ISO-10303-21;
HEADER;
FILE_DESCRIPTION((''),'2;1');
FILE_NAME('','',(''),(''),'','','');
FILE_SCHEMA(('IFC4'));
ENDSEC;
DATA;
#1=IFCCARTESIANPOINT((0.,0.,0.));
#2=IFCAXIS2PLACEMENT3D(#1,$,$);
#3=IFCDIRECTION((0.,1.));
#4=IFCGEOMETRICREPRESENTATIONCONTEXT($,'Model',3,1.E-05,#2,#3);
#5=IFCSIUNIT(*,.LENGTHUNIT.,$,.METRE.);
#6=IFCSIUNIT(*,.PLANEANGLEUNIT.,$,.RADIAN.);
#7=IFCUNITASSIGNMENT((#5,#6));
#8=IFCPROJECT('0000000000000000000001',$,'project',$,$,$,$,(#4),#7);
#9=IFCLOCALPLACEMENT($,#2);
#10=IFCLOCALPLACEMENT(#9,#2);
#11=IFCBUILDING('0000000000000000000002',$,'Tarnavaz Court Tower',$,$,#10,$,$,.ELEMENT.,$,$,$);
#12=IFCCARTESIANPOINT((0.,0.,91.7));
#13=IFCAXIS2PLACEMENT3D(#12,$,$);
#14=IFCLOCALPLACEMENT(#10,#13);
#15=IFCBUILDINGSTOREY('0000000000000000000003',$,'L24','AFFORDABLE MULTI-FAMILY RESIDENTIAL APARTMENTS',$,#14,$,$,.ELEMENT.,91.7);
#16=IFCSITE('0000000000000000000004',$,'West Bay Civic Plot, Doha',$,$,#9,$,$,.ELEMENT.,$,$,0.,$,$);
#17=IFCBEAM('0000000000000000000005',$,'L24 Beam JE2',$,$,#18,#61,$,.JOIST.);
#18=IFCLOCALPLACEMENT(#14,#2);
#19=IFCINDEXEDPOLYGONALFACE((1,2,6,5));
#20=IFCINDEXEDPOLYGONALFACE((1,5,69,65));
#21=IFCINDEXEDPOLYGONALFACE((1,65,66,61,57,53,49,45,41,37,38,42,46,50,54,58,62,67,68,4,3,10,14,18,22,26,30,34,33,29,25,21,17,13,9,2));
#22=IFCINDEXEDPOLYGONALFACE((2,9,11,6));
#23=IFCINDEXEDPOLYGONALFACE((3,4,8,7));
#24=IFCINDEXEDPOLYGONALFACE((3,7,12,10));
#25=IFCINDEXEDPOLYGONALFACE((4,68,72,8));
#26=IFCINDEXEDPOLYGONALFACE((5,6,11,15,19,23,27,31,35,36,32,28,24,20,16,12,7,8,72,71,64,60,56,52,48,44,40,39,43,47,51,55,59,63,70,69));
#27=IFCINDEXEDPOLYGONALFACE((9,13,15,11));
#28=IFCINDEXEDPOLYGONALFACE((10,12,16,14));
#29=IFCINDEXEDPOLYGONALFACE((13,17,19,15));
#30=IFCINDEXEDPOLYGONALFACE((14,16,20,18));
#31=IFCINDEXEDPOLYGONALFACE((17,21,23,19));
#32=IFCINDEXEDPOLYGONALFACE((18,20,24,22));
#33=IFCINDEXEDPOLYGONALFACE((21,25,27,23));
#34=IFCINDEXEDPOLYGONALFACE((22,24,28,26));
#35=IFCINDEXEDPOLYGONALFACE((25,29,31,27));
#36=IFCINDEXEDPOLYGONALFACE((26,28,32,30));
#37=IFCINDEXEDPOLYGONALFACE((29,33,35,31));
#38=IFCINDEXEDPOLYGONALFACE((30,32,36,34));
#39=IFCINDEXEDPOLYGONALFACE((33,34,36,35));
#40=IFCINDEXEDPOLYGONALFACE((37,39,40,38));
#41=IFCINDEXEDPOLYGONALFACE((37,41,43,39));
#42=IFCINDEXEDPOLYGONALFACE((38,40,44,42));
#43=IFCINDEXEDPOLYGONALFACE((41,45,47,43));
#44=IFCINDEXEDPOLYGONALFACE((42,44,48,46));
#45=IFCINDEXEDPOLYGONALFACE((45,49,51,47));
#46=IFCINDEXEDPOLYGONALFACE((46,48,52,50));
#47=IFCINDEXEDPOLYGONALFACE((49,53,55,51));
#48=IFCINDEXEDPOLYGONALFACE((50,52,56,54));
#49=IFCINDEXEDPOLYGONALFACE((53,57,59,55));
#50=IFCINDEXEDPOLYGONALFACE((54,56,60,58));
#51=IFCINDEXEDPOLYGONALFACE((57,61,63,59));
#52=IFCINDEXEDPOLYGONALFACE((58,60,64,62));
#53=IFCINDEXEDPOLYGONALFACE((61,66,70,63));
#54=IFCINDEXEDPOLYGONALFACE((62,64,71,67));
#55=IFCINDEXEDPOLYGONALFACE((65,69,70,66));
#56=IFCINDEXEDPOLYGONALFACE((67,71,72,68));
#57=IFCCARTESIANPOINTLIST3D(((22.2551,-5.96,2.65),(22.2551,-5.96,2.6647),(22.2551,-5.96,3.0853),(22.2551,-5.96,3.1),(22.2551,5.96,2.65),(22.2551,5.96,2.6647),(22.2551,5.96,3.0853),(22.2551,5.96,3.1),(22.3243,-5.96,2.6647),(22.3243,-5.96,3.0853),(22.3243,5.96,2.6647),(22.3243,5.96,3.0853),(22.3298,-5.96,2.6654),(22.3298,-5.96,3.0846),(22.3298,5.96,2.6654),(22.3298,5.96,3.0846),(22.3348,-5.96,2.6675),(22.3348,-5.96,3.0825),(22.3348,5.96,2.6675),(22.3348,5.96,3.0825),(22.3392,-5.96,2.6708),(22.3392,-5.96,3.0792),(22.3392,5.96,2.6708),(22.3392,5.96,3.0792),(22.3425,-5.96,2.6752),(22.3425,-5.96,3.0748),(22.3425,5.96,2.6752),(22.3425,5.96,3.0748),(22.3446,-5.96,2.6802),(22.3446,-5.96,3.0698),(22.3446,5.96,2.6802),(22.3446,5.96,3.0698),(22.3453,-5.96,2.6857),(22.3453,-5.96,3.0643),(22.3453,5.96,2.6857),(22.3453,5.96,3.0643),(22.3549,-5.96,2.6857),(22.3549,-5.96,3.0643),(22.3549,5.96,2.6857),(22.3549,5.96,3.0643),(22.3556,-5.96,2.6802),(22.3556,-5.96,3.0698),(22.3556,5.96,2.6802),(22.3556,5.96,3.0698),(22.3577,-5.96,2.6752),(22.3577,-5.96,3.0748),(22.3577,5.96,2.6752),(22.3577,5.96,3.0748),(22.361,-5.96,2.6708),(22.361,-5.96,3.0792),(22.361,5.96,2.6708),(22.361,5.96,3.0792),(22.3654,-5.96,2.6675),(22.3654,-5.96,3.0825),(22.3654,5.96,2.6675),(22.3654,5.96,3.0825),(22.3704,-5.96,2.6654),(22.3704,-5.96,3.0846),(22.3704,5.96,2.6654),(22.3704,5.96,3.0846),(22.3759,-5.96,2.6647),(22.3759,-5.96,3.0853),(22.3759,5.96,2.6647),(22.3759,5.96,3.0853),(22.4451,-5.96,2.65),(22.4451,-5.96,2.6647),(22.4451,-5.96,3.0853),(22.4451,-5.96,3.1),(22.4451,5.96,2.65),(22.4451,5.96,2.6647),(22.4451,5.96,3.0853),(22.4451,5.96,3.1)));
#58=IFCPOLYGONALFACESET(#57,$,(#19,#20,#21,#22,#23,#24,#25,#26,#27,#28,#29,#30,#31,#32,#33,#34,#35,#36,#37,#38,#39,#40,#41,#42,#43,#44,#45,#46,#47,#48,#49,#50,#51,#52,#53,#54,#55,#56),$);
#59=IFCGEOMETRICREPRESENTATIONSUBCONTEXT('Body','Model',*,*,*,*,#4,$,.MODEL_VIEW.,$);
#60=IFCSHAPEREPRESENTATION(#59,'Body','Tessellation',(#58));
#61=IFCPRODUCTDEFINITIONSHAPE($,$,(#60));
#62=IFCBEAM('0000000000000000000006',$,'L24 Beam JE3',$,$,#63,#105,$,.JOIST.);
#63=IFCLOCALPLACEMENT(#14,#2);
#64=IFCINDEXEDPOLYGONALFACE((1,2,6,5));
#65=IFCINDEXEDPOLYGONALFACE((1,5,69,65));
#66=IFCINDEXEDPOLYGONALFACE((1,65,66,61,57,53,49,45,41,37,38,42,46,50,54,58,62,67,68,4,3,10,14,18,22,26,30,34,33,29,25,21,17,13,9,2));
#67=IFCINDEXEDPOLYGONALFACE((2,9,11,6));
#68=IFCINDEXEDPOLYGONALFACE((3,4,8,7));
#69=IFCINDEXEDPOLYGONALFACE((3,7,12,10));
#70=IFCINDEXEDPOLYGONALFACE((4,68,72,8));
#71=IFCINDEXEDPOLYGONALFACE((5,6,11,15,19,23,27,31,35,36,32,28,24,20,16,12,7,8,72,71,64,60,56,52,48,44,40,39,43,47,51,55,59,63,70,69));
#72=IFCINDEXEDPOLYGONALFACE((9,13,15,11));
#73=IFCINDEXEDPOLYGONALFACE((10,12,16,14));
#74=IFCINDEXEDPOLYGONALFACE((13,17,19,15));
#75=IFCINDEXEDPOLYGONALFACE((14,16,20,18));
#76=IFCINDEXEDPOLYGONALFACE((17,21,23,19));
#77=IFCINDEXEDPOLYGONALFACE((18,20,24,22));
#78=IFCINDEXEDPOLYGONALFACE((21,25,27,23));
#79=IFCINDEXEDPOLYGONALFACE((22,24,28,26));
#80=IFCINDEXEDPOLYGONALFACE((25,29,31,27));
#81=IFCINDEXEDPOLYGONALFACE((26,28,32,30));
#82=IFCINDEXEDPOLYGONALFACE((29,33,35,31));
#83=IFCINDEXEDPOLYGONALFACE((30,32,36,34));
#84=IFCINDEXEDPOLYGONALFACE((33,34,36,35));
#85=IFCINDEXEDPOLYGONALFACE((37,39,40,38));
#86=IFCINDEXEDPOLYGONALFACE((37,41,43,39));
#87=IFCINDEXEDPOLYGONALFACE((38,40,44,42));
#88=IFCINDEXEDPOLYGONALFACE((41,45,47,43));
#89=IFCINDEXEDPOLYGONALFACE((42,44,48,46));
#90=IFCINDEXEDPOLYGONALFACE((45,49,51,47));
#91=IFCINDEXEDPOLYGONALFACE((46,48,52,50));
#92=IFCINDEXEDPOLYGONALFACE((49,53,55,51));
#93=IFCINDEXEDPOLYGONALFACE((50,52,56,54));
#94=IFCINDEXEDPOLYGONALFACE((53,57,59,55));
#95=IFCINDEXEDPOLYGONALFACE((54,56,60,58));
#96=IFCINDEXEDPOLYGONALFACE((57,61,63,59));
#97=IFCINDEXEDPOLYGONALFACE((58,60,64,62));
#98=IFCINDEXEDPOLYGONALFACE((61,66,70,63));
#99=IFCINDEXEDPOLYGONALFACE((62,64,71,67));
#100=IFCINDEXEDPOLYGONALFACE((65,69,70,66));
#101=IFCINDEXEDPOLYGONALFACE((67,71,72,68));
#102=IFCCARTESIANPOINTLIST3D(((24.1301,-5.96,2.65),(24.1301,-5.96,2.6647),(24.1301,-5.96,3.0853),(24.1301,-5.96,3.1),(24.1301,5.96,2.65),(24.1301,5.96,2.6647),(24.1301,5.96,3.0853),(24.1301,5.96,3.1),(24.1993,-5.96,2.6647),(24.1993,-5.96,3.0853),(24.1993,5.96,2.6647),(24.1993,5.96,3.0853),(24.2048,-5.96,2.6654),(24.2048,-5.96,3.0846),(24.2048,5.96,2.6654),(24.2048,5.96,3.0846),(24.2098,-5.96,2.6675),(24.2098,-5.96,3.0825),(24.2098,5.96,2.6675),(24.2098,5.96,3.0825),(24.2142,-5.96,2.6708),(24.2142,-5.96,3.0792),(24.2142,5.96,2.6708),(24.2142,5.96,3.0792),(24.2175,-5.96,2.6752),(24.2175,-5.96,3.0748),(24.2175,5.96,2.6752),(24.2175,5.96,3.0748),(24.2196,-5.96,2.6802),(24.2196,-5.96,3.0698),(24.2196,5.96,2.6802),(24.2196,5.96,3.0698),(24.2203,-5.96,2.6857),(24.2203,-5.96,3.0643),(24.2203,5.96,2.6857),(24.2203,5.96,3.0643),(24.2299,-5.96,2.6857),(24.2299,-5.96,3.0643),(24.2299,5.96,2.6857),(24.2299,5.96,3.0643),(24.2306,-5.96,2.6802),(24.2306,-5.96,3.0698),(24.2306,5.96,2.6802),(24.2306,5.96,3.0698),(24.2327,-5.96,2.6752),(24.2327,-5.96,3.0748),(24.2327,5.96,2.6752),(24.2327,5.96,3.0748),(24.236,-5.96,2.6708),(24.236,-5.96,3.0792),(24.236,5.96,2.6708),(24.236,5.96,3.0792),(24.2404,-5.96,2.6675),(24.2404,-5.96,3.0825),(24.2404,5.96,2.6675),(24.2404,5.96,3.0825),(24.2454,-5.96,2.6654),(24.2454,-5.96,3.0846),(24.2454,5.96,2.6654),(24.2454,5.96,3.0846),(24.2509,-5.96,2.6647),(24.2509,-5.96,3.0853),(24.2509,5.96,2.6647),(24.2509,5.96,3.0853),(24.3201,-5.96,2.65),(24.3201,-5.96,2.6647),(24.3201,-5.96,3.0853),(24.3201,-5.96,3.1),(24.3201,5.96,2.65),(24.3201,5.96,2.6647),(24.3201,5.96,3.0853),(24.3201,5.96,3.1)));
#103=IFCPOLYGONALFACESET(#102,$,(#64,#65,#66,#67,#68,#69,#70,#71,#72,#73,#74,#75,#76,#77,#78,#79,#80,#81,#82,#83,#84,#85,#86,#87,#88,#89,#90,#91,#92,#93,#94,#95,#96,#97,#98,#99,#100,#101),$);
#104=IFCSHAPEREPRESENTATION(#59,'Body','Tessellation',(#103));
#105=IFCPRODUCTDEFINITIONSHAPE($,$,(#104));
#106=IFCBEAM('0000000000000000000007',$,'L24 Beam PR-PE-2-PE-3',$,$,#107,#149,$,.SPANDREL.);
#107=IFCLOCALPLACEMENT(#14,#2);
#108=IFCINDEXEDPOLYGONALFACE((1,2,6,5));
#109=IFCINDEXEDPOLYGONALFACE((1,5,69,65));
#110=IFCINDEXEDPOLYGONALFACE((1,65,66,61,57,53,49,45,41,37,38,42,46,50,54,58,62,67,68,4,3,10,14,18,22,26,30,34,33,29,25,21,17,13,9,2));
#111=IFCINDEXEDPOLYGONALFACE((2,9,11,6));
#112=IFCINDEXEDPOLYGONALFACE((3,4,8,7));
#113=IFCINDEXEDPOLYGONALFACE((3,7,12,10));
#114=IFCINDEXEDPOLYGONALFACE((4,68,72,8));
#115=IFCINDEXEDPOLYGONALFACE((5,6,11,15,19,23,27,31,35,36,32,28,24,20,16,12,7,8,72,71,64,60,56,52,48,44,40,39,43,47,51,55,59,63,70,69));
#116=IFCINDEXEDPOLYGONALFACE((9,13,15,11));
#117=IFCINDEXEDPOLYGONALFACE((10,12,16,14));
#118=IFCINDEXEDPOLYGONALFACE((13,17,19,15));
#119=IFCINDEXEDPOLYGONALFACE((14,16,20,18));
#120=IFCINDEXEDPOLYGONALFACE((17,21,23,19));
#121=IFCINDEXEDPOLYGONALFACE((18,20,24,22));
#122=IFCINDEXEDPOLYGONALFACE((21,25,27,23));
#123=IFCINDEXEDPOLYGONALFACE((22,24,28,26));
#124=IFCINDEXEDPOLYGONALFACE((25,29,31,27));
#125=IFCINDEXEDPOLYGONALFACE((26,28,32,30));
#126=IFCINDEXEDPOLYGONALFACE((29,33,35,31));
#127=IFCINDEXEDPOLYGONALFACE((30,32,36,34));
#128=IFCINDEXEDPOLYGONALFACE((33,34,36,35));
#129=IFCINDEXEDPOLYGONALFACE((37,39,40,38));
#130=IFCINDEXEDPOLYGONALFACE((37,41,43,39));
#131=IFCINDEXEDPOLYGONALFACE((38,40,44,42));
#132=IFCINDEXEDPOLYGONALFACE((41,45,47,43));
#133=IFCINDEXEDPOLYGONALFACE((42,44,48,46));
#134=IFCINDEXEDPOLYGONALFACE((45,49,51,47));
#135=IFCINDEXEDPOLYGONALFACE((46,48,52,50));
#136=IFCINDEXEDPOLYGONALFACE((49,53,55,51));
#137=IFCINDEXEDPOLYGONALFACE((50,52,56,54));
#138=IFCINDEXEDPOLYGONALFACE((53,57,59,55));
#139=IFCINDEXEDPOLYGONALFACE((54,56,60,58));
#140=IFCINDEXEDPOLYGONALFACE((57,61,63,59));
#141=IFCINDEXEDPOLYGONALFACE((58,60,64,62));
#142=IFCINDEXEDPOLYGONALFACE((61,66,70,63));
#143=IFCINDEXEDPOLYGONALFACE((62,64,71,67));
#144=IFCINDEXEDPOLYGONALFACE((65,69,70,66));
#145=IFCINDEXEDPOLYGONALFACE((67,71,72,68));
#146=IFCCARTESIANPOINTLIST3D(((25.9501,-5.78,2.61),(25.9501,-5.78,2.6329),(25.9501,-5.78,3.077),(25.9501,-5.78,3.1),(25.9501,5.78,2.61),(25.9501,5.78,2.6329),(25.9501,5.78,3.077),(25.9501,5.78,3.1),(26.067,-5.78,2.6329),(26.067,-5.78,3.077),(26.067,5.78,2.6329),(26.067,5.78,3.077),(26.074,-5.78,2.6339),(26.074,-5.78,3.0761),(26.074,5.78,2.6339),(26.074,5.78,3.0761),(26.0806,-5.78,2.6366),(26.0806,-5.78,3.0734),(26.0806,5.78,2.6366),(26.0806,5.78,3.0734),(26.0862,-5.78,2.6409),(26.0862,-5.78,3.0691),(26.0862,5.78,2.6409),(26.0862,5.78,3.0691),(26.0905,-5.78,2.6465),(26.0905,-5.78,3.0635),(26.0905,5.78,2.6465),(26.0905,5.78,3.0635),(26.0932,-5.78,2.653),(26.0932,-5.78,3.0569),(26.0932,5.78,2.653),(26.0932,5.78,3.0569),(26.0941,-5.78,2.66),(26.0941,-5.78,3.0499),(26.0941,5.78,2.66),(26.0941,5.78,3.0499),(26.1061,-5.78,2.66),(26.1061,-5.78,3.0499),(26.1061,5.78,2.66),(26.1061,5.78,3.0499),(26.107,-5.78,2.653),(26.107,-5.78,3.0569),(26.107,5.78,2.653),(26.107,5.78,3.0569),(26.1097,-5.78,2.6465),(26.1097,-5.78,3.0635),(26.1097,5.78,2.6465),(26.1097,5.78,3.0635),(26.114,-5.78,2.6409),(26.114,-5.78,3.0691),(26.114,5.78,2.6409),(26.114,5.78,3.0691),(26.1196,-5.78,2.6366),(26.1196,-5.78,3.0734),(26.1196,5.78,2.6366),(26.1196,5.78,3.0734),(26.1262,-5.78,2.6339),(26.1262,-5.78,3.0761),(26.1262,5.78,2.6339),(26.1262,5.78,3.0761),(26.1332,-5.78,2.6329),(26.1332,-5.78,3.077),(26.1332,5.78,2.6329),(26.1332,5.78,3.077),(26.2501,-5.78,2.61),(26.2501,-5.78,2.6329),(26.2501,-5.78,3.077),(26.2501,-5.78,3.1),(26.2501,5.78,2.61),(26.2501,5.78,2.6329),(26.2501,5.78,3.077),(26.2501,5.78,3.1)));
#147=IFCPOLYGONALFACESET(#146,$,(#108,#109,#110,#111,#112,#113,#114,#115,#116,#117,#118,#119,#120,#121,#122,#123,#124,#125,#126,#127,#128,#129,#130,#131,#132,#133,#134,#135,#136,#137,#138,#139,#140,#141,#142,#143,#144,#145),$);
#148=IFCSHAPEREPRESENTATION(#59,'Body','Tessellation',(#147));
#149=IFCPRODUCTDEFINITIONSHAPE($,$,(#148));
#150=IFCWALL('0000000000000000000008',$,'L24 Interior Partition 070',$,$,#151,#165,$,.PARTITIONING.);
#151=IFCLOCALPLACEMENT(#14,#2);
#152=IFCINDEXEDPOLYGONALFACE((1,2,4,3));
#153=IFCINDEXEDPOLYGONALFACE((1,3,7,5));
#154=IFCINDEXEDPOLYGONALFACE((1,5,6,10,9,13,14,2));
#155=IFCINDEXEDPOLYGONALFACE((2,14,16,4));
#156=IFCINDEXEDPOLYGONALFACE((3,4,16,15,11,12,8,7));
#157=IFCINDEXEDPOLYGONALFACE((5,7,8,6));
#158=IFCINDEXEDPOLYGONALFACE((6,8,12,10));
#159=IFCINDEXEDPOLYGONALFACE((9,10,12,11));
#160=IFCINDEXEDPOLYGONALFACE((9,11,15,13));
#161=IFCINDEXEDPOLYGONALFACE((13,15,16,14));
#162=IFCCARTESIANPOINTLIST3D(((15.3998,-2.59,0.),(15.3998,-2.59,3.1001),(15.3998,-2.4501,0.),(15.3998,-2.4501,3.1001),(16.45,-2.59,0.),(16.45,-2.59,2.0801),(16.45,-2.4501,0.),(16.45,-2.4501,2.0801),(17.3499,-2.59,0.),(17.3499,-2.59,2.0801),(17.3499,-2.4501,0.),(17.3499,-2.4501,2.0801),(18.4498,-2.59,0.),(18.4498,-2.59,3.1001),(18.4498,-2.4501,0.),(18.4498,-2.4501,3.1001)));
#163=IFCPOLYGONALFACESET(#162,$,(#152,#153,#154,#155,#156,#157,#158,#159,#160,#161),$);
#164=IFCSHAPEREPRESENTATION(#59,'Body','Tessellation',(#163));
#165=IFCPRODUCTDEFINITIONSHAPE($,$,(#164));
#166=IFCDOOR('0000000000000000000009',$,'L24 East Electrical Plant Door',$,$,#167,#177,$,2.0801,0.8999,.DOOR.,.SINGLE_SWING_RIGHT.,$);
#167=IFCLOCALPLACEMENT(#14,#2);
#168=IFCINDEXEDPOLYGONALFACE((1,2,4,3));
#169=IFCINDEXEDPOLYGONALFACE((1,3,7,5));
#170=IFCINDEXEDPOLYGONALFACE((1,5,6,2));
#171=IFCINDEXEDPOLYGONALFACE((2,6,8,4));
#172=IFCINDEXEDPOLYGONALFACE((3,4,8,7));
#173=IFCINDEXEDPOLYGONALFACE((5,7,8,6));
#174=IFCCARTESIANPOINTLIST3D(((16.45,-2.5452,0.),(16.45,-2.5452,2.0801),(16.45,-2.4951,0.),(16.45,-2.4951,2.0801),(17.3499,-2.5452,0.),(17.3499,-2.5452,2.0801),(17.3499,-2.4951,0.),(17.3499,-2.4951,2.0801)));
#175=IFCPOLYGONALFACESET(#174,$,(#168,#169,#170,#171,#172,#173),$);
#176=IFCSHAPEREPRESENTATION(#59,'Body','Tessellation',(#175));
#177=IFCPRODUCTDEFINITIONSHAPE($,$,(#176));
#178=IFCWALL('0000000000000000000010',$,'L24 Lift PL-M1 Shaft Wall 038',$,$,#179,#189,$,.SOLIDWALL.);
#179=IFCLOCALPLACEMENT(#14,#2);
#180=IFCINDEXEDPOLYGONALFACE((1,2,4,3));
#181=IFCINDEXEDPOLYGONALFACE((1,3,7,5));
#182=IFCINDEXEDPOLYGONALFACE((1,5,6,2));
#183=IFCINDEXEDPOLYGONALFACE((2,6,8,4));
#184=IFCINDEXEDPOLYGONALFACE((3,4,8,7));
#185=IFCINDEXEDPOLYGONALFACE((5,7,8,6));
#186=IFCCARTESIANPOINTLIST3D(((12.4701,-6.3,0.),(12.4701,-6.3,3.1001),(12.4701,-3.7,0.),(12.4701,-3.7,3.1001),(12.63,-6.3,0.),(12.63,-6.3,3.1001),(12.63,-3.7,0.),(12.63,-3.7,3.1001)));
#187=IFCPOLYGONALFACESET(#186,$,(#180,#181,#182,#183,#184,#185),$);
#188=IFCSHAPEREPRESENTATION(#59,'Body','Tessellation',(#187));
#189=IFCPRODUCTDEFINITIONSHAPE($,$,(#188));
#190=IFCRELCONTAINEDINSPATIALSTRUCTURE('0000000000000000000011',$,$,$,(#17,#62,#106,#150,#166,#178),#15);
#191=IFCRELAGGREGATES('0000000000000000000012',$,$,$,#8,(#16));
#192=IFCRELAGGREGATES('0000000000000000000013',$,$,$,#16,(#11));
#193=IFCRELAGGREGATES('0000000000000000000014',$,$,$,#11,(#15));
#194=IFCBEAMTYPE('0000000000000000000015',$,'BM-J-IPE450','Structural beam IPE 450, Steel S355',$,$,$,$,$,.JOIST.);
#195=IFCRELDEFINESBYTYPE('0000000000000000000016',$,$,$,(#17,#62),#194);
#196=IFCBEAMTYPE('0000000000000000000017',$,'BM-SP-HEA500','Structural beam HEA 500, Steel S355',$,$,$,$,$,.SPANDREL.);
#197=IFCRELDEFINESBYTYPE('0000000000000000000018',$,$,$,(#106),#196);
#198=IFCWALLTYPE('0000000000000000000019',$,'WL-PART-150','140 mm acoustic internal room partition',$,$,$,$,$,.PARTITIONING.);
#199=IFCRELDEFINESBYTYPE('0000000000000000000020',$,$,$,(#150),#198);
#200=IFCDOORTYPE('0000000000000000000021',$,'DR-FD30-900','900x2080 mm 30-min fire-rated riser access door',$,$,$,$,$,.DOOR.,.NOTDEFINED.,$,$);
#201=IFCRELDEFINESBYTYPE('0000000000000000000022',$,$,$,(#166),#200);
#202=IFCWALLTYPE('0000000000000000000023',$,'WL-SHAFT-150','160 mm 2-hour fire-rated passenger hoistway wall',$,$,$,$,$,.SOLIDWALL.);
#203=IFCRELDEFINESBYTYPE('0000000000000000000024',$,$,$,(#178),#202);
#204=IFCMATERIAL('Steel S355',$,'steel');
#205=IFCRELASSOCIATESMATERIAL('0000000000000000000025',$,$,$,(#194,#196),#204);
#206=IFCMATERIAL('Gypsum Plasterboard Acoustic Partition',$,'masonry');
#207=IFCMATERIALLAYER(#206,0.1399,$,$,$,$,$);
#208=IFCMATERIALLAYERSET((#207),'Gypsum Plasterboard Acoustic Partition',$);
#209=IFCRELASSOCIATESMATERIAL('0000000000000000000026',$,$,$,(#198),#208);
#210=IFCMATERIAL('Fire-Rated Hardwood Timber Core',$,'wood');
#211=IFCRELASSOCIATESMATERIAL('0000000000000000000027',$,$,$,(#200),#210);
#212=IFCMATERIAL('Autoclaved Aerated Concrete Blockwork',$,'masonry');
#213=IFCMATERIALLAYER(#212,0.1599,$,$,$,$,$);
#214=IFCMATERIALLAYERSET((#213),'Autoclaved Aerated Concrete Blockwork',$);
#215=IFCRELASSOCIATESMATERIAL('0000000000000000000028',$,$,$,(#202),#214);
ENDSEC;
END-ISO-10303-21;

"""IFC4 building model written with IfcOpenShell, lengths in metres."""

from ifc_helpers import new_model, si_unit, direction, frame, frame_2d, origin, origin_2d, place, context, subcontext, project, spatial, rectangle, i_section, extrude, material, layer, layer_set, material_profile, profile_set, type_object, element, fill, save


model = new_model("IFC4")

# Units and contexts
model_context = context("Model", 3, precision=1e-05, world=origin(), true_north=direction((0.0, 1.0)))
body_context = subcontext(model_context, "Body", "Model", "MODEL_VIEW")
ifc_project = project(units=[si_unit("LENGTHUNIT", "METRE"), si_unit("PLANEANGLEUNIT", "RADIAN")], contexts=[model_context])

# Site, building, storey
site_placement = place(None, origin())
site = spatial("IfcSite", under=ifc_project, at=site_placement, Name="West Bay Civic Plot, Doha", CompositionType="ELEMENT", RefElevation=0.0)
building_placement = place(site_placement, origin())
building = spatial("IfcBuilding", under=site, at=building_placement, Name="Tarnavaz Court Tower", CompositionType="ELEMENT")
storey_placement = place(building_placement, frame((0.0, 0.0, 91.7)))
storey = spatial("IfcBuildingStorey", under=building, at=storey_placement, Name="L24", Description="AFFORDABLE MULTI-FAMILY RESIDENTIAL APARTMENTS", CompositionType="ELEMENT", Elevation=91.7)

# Beams
ifc_material_1 = material(Name="Steel S355", Category="steel")
ifc_material_profile_1 = material_profile(ifc_material_1, i_section(OverallWidth=0.1899, OverallDepth=0.45, WebThickness=0.0095, FlangeThickness=0.0146, FilletRadius=0.021, at=origin_2d()), Name="IPE 450")
ifc_profile_set_1 = profile_set([ifc_material_profile_1], Name="Steel S355")
beam_type_1 = type_object("IfcBeamType", Name="BM-J-IPE450", Description="Structural beam IPE 450, Steel S355", PredefinedType="JOIST", material=ifc_profile_set_1)
for number, where, z_axis, x_axis, name in (
    (1, (22.3501, -5.96, 2.875), (0.0, 1.0, 0.0), (-1.0, 0.0, 0.0), "L24 Beam JE2"),
    (2, (24.2251, -5.96, 2.875), (0.0, 1.0, 0.0), (-1.0, 0.0, 0.0), "L24 Beam JE3"),
):
    element("IfcBeam", number, at=place(storey_placement, frame(where, z_axis=z_axis, x_axis=x_axis)), inside=storey, type_object=beam_type_1, Name=name, PredefinedType="JOIST", context=body_context, shape_type="SweptSolid", body=[
        extrude(i_section(OverallWidth=0.1899, OverallDepth=0.45, WebThickness=0.0095, FlangeThickness=0.0146, FilletRadius=0.021, at=origin_2d()), origin(), (0.0, 0.0, 1.0), 11.9199),
    ])
ifc_material_profile_2 = material_profile(ifc_material_1, i_section(OverallWidth=0.3, OverallDepth=0.49, WebThickness=0.012, FlangeThickness=0.0229, FilletRadius=0.0271, at=origin_2d()), Name="HEA 500")
ifc_profile_set_2 = profile_set([ifc_material_profile_2], Name="Steel S355")
beam_type_2 = type_object("IfcBeamType", Name="BM-SP-HEA500", Description="Structural beam HEA 500, Steel S355", PredefinedType="SPANDREL", material=ifc_profile_set_2)
beam_1_placement = place(storey_placement, frame((26.1001, -5.78, 2.855), z_axis=(0.0, 1.0, 0.0), x_axis=(-1.0, 0.0, 0.0)))
element("IfcBeam", 3, at=beam_1_placement, inside=storey, type_object=beam_type_2, Name="L24 Beam PR-PE-2-PE-3", PredefinedType="SPANDREL", context=body_context, shape_type="SweptSolid", body=[
    extrude(i_section(OverallWidth=0.3, OverallDepth=0.49, WebThickness=0.012, FlangeThickness=0.0229, FilletRadius=0.0271, at=origin_2d()), origin(), (0.0, 0.0, 1.0), 11.5601),
])

# Wall, opening, door
ifc_material_2 = material(Name="Gypsum Plasterboard Acoustic Partition", Category="masonry")
ifc_layer_1 = layer(ifc_material_2, 0.1399)
ifc_layer_set_1 = layer_set([ifc_layer_1], Name="Gypsum Plasterboard Acoustic Partition")
wall_type_1 = type_object("IfcWallType", Name="WL-PART-150", Description="140 mm acoustic internal room partition", PredefinedType="PARTITIONING", material=ifc_layer_set_1)
wall_1_placement = place(storey_placement, frame((15.3999, -2.52, 0.0), z_axis=(0.0, 0.0, 1.0), x_axis=(1.0, 0.0, 0.0)))
wall_1 = element("IfcWall", 4, at=wall_1_placement, inside=storey, type_object=wall_type_1, Name="L24 Interior Partition 070", PredefinedType="PARTITIONING", context=body_context, shape_type="SweptSolid", body=[
    extrude(rectangle(XDim=3.05, YDim=0.1399, at=frame_2d((1.5249, 0.0))), origin(), (0.0, 0.0, 1.0), 3.1001),
])
opening_placement = place(wall_1_placement, frame((1.05, 0.0, 0.0)))
opening = element("IfcOpeningElement", 5, at=opening_placement, cuts=wall_1, PredefinedType="OPENING", context=body_context, shape_type="SweptSolid", body=[
    extrude(rectangle(XDim=0.8999, YDim=2.0801, at=frame_2d((0.45, 1.04))), frame((0.0, 0.0798, 0.0), z_axis=(0.0, -1.0, 0.0), x_axis=(1.0, 0.0, 0.0)), (0.0, 0.0, 1.0), 0.1599),
])
ifc_material_3 = material(Name="Fire-Rated Hardwood Timber Core", Category="wood")
door_type = type_object("IfcDoorType", Name="DR-FD30-900", Description="900x2080 mm 30-min fire-rated riser access door", OperationType="NOTDEFINED", PredefinedType="DOOR", material=ifc_material_3)
door_placement = place(opening_placement, origin())
door = element("IfcDoor", 6, at=door_placement, inside=storey, type_object=door_type, Name="L24 East Electrical Plant Door", OperationType="SINGLE_SWING_RIGHT", OverallHeight=2.0801, OverallWidth=0.8999, PredefinedType="DOOR", context=body_context, shape_type="SweptSolid", body=[
    extrude(rectangle(XDim=0.8999, YDim=2.0801, at=frame_2d((0.45, 1.04))), frame((0.0, 0.0249, 0.0), z_axis=(0.0, -1.0, 0.0), x_axis=(1.0, 0.0, 0.0)), (0.0, 0.0, 1.0), 0.05),
])
fill(opening, door)

# Wall
ifc_material_4 = material(Name="Autoclaved Aerated Concrete Blockwork", Category="masonry")
ifc_layer_2 = layer(ifc_material_4, 0.1599)
ifc_layer_set_2 = layer_set([ifc_layer_2], Name="Autoclaved Aerated Concrete Blockwork")
wall_type_2 = type_object("IfcWallType", Name="WL-SHAFT-150", Description="160 mm 2-hour fire-rated passenger hoistway wall", PredefinedType="SOLIDWALL", material=ifc_layer_set_2)
for number, where, z_axis, x_axis, name in (
    (7, (12.55, -6.3, 0.0), (0.0, 0.0, 1.0), (0.0, 1.0, 0.0), "L24 Lift PL-M1 Shaft Wall 038"),
):
    element("IfcWall", number, at=place(storey_placement, frame(where, z_axis=z_axis, x_axis=x_axis)), inside=storey, type_object=wall_type_2, Name=name, PredefinedType="SOLIDWALL", context=body_context, shape_type="SweptSolid", body=[
        extrude(rectangle(XDim=2.6001, YDim=0.1599, at=frame_2d((1.3, 0.0))), origin(), (0.0, 0.0, 1.0), 3.1001),
    ])

save(model, "model.ifc")
